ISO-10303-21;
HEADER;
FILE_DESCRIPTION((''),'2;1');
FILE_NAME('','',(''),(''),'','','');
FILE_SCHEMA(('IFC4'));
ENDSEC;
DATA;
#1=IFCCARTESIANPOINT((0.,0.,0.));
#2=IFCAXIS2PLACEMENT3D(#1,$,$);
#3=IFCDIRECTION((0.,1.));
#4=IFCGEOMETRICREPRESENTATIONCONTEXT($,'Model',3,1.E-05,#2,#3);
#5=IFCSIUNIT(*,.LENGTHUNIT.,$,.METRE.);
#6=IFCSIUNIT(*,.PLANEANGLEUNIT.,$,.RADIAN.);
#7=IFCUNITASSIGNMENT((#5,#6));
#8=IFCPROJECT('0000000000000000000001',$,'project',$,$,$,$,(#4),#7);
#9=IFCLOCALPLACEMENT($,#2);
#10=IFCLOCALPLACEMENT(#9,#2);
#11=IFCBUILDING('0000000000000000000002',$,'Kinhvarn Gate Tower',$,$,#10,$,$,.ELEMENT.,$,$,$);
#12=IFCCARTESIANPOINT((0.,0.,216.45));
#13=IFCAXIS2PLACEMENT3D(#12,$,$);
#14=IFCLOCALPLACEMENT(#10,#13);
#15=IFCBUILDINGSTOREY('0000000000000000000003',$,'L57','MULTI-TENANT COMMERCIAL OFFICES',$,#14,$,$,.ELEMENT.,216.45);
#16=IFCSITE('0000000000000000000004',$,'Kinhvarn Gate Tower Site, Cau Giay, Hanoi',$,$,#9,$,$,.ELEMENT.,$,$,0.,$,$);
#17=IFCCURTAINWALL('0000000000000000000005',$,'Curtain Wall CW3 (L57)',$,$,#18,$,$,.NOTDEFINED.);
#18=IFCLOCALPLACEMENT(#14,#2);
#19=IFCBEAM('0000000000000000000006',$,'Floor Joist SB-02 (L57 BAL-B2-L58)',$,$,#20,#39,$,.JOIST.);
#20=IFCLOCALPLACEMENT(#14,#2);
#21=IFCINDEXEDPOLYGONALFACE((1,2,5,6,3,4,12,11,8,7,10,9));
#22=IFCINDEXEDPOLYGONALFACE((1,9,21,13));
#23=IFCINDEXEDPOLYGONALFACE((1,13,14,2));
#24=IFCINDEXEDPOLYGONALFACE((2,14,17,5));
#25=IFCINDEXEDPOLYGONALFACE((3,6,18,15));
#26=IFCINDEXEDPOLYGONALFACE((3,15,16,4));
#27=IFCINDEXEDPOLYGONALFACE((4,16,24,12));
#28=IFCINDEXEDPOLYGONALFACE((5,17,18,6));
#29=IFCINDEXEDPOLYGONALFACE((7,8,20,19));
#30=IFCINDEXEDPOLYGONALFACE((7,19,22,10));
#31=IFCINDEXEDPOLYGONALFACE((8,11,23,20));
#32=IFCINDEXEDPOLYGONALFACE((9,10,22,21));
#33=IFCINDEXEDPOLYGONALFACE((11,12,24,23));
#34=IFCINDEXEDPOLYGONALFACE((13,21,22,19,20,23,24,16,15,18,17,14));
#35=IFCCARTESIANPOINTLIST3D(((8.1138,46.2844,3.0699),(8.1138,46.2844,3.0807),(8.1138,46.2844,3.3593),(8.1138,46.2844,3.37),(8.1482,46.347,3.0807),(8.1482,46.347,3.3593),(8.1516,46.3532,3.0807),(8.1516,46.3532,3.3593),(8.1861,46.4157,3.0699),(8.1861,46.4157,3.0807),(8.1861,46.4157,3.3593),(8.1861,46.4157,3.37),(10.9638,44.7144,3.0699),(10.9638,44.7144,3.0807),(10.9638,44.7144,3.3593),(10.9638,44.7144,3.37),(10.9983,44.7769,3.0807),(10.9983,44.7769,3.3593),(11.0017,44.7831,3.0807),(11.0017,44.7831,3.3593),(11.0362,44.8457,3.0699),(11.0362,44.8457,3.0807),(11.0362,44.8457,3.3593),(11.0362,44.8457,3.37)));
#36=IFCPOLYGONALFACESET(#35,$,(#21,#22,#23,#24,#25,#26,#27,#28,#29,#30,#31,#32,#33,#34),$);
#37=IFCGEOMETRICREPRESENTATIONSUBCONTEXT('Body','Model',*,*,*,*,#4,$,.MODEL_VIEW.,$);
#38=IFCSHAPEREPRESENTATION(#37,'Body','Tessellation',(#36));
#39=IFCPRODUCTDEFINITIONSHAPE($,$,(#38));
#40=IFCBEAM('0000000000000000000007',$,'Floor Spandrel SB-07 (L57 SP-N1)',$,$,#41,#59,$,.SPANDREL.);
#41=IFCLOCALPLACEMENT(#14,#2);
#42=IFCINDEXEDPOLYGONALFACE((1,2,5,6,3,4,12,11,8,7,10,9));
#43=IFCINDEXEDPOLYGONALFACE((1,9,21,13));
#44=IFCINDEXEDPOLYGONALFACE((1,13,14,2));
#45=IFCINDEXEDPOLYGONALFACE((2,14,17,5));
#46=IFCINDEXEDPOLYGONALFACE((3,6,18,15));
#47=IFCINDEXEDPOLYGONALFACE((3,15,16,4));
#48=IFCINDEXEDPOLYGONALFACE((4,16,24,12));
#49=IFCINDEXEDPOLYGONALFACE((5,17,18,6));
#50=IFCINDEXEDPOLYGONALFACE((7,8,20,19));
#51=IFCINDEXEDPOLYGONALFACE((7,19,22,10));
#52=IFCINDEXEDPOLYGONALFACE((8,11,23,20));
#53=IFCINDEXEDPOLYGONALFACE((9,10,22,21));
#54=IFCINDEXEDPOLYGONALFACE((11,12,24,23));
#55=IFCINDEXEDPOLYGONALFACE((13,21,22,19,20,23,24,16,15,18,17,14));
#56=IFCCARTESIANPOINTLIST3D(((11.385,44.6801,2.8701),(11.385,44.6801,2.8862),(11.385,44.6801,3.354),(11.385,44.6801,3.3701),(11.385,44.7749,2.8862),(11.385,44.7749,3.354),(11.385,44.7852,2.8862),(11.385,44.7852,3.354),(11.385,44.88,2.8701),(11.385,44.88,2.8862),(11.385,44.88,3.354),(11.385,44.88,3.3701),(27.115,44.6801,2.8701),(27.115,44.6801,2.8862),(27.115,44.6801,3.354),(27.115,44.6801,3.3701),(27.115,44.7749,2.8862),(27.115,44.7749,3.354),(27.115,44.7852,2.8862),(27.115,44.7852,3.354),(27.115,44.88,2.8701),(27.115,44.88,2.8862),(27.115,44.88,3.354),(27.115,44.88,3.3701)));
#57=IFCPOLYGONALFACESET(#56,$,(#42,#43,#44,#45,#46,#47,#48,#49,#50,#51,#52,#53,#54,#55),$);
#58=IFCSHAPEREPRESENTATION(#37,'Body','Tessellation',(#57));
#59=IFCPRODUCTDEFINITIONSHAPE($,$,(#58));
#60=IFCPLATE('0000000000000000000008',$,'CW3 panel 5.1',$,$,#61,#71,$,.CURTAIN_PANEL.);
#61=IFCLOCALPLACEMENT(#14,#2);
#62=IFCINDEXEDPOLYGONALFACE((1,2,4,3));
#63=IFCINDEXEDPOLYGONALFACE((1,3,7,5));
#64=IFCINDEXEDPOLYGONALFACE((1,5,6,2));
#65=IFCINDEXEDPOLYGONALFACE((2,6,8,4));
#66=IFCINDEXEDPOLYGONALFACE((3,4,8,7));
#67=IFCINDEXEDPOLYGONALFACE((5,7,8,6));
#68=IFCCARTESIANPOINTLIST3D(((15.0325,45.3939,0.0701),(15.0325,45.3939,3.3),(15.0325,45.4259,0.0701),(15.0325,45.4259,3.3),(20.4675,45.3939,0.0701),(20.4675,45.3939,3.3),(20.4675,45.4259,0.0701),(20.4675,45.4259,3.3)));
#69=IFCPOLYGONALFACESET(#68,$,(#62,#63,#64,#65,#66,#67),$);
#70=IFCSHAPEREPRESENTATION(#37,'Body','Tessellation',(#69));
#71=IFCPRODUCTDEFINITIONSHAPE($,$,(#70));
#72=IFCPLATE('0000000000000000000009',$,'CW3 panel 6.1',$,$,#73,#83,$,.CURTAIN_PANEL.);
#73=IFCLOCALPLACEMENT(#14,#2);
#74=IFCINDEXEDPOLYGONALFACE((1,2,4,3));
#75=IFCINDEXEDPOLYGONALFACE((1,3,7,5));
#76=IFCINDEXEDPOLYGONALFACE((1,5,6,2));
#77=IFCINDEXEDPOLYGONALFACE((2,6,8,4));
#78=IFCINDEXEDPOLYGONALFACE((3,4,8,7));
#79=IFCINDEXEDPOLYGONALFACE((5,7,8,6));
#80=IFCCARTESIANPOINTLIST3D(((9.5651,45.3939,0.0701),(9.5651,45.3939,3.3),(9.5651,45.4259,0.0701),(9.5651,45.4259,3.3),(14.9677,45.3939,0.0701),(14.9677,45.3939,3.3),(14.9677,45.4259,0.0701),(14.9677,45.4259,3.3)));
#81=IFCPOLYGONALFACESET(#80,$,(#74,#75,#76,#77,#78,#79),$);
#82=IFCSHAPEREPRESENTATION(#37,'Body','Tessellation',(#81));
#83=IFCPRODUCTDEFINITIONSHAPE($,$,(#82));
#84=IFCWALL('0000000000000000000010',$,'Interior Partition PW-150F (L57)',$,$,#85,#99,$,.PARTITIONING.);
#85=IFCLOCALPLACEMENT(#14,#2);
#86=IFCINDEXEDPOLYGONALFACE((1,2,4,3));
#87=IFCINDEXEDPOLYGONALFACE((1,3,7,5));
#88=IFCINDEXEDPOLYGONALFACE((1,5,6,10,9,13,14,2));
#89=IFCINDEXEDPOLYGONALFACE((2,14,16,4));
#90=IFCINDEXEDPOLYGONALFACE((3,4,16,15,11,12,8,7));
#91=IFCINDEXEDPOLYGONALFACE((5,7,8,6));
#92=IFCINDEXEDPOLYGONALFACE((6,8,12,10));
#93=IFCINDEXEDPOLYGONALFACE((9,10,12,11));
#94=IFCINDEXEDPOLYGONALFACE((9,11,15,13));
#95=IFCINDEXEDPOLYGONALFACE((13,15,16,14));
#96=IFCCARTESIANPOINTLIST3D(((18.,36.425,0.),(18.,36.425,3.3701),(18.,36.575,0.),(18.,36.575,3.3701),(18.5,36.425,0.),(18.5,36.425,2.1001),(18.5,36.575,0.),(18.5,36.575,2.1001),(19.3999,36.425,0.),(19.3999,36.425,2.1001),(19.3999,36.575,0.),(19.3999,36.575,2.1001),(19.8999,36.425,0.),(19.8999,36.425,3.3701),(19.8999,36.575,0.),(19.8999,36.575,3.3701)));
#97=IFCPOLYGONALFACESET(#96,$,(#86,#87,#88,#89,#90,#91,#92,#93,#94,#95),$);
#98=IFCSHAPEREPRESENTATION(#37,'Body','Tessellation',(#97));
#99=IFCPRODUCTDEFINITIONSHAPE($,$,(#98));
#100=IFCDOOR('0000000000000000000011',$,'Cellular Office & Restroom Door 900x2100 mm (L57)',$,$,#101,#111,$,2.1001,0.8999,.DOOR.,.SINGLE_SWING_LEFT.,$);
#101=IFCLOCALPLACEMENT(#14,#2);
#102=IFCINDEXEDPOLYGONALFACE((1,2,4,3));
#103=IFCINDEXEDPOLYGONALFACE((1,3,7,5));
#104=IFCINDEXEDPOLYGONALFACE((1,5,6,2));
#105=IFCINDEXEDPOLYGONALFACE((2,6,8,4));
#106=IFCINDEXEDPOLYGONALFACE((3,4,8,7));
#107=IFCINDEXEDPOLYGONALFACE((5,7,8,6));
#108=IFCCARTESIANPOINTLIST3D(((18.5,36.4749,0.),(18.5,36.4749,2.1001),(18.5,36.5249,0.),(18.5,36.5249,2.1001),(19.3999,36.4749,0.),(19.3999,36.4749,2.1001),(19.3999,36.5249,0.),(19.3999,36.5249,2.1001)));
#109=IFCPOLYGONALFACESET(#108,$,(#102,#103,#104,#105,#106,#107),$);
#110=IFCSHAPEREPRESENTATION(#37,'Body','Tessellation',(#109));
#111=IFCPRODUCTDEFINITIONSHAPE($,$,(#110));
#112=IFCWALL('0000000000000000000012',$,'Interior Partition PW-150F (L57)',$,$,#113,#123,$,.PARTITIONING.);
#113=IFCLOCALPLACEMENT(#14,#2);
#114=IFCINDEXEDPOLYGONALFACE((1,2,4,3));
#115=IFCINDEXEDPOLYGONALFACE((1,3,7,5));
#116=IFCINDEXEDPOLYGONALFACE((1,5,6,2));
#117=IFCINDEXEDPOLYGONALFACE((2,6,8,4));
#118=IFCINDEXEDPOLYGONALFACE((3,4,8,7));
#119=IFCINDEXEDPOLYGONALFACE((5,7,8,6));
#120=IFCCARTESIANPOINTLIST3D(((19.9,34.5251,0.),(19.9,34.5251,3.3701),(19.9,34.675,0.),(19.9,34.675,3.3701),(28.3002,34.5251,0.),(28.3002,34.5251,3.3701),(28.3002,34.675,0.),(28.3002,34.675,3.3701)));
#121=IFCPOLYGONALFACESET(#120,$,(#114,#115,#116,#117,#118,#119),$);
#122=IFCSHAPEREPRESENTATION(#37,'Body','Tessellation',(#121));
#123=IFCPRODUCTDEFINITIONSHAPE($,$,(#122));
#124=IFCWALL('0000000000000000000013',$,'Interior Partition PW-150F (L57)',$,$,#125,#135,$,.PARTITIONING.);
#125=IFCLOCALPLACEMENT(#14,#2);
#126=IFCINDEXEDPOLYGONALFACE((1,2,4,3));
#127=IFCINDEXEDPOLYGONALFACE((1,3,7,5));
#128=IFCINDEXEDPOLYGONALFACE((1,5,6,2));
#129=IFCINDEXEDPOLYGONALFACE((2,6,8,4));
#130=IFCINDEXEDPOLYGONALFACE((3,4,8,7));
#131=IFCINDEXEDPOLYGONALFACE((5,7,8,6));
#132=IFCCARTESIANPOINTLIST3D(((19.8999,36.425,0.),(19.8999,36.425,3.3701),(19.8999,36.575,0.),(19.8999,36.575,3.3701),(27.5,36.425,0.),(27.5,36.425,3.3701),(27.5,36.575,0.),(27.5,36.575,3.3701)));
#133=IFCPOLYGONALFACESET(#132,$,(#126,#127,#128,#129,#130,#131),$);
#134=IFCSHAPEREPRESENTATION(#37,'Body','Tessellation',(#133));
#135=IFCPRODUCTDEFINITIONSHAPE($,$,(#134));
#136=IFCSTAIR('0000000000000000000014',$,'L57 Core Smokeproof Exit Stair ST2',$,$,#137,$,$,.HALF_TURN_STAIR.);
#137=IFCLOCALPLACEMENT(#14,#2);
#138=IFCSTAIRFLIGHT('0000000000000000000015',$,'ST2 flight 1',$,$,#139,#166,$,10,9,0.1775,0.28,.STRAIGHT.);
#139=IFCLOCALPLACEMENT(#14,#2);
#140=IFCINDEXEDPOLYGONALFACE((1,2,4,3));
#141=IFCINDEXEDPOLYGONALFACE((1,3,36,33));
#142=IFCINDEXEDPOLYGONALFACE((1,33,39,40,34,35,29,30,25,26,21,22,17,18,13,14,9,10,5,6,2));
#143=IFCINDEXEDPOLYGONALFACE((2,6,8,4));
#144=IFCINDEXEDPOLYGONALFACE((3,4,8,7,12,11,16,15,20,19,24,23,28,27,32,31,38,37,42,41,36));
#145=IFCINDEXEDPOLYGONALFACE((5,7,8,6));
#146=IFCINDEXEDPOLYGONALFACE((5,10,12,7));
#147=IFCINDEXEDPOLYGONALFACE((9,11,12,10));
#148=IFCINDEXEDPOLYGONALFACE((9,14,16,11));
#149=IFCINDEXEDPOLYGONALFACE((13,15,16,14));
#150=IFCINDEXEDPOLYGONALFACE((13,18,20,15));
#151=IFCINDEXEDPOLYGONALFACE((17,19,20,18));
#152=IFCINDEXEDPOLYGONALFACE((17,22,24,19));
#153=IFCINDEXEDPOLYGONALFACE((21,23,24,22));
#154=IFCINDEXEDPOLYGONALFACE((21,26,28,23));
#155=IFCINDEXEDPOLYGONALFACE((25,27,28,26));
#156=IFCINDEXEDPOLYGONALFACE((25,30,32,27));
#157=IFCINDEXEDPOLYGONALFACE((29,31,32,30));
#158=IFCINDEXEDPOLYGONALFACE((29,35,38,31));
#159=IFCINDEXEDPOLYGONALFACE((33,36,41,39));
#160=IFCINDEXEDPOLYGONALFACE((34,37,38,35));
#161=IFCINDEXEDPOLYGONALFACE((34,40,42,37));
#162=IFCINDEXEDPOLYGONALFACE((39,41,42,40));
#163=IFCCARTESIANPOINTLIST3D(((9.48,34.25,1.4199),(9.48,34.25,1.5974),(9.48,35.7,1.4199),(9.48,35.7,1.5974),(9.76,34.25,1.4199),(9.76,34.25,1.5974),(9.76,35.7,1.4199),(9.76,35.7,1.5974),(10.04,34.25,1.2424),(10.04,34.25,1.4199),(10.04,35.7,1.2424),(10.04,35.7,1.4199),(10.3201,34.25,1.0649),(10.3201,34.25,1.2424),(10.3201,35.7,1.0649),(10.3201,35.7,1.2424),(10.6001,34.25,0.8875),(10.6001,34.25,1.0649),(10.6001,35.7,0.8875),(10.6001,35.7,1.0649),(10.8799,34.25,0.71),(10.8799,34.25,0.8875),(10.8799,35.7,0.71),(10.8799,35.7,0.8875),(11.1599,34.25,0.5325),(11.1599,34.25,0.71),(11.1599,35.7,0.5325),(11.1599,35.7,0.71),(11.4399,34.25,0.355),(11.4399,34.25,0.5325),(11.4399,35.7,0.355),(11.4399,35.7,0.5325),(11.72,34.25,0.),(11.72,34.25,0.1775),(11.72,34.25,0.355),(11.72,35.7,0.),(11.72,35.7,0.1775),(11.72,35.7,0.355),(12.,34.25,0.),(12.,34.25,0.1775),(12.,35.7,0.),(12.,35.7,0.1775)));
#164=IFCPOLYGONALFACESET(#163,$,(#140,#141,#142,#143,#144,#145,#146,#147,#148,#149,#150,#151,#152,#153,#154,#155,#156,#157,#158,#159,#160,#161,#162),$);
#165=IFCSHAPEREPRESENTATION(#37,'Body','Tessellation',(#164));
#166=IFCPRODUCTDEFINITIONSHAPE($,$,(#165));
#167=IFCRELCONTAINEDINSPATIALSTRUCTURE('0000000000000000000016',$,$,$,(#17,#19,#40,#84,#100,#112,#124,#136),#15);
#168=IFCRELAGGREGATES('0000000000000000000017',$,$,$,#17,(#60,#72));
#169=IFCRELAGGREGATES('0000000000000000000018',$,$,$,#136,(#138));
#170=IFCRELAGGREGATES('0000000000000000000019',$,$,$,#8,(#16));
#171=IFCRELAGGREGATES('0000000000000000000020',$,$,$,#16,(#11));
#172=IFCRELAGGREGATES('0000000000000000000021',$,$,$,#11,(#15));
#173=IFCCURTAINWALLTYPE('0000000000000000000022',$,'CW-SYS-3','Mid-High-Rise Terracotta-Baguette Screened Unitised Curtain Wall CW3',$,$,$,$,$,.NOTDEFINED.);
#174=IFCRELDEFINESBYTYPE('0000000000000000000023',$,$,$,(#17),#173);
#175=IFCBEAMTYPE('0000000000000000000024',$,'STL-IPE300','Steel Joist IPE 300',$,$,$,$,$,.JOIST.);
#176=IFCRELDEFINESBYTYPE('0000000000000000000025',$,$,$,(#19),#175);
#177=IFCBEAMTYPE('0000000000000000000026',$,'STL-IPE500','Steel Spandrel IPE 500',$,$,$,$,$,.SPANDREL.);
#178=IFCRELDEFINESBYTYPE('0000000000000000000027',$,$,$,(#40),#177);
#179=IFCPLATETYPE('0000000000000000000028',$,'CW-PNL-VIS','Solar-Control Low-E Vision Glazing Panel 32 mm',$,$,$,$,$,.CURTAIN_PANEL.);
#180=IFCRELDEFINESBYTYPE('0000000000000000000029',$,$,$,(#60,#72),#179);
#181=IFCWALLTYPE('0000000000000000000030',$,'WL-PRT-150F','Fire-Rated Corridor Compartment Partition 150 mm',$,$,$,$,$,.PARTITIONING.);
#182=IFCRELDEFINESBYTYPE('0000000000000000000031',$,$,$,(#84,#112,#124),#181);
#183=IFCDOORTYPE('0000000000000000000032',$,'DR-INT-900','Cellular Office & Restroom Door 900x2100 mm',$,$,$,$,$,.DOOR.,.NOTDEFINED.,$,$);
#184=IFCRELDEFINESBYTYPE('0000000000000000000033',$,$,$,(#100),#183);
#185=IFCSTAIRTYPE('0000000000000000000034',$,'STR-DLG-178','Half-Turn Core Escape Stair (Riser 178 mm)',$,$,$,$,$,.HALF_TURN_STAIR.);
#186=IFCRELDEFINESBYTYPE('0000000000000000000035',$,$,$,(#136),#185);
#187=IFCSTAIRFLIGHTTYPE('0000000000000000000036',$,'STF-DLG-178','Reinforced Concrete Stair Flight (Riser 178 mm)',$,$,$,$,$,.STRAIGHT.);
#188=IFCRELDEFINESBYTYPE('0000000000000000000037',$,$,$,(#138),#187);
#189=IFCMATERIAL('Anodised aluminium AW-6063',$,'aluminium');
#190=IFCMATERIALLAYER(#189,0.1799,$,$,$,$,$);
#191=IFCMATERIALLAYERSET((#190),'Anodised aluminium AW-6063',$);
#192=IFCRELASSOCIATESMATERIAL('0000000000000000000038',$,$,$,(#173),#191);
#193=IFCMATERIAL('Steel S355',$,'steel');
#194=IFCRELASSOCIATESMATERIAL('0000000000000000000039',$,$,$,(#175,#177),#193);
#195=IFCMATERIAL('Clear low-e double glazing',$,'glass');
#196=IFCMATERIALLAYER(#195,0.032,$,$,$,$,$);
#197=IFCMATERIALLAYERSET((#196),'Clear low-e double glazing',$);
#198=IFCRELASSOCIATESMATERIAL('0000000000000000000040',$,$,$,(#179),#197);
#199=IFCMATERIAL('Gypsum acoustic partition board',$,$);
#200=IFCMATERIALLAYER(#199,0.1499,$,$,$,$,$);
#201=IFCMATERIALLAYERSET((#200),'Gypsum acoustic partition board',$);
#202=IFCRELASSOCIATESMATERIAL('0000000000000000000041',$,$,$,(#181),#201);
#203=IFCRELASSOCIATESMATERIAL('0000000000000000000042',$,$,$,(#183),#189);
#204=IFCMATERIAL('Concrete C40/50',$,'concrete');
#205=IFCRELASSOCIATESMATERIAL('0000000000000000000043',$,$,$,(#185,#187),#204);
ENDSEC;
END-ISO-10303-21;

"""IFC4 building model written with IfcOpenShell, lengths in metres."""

from ifc_helpers import new_model, si_unit, direction, frame, frame_2d, origin, origin_2d, place, context, subcontext, project, spatial, polyline, rectangle, i_section, outline, extrude, material, layer, layer_set, material_profile, profile_set, type_object, element, fill, aggregate, save


model = new_model("IFC4")

# Units and contexts
model_context = context("Model", 3, precision=1e-05, world=origin(), true_north=direction((0.0, 1.0)))
body_context = subcontext(model_context, "Body", "Model", "MODEL_VIEW")
ifc_project = project(units=[si_unit("LENGTHUNIT", "METRE"), si_unit("PLANEANGLEUNIT", "RADIAN")], contexts=[model_context])

# Site, building, storey
site_placement = place(None, origin())
site = spatial("IfcSite", under=ifc_project, at=site_placement, Name="Kinhvarn Gate Tower Site, Cau Giay, Hanoi", CompositionType="ELEMENT", RefElevation=0.0)
building_placement = place(site_placement, origin())
building = spatial("IfcBuilding", under=site, at=building_placement, Name="Kinhvarn Gate Tower", CompositionType="ELEMENT")
storey_placement = place(building_placement, frame((0.0, 0.0, 216.45)))
storey = spatial("IfcBuildingStorey", under=building, at=storey_placement, Name="L57", Description="MULTI-TENANT COMMERCIAL OFFICES", CompositionType="ELEMENT", Elevation=216.45)

# Curtain wall
ifc_material_1 = material(Name="Anodised aluminium AW-6063", Category="aluminium")
ifc_layer_1 = layer(ifc_material_1, 0.1799)
ifc_layer_set_1 = layer_set([ifc_layer_1], Name="Anodised aluminium AW-6063")
curtain_wall_type = type_object("IfcCurtainWallType", Name="CW-SYS-3", Description="Mid-High-Rise Terracotta-Baguette Screened Unitised Curtain Wall CW3", PredefinedType="NOTDEFINED", material=ifc_layer_set_1)
curtain_wall_placement = place(storey_placement, origin())
curtain_wall = element("IfcCurtainWall", 1, at=curtain_wall_placement, inside=storey, type_object=curtain_wall_type, Name="Curtain Wall CW3 (L57)", PredefinedType="NOTDEFINED")

# Beams
ifc_material_2 = material(Name="Steel S355", Category="steel")
ifc_material_profile_1 = material_profile(ifc_material_2, i_section(OverallWidth=0.1499, OverallDepth=0.3, WebThickness=0.0071, FlangeThickness=0.0107, at=origin_2d()), Name="IPE 300")
ifc_profile_set_1 = profile_set([ifc_material_profile_1], Name="Steel S355")
beam_type_1 = type_object("IfcBeamType", Name="STL-IPE300", Description="Steel Joist IPE 300", PredefinedType="JOIST", material=ifc_profile_set_1)
beam_1_placement = place(storey_placement, frame((11.0, 44.78, 3.22), z_axis=(-0.875889, 0.482512, 0.0), x_axis=(-0.482512, -0.875889, 0.0)))
element("IfcBeam", 2, at=beam_1_placement, inside=storey, type_object=beam_type_1, Name="Floor Joist SB-02 (L57 BAL-B2-L58)", PredefinedType="JOIST", context=body_context, shape_type="SweptSolid", body=[
    extrude(i_section(OverallWidth=0.1499, OverallDepth=0.3, WebThickness=0.0071, FlangeThickness=0.0107, at=origin_2d()), origin(), (0.0, 0.0, 1.0), 3.2539),
])
ifc_material_profile_2 = material_profile(ifc_material_2, i_section(OverallWidth=0.2, OverallDepth=0.5, WebThickness=0.0103, FlangeThickness=0.0161, at=origin_2d()), Name="IPE 500")
ifc_profile_set_2 = profile_set([ifc_material_profile_2], Name="Steel S355")
beam_type_2 = type_object("IfcBeamType", Name="STL-IPE500", Description="Steel Spandrel IPE 500", PredefinedType="SPANDREL", material=ifc_profile_set_2)
beam_2_placement = place(storey_placement, frame((11.385, 44.78, 3.1201), z_axis=(1.0, 0.0, 0.0), x_axis=(0.0, 1.0, 0.0)))
element("IfcBeam", 3, at=beam_2_placement, inside=storey, type_object=beam_type_2, Name="Floor Spandrel SB-07 (L57 SP-N1)", PredefinedType="SPANDREL", context=body_context, shape_type="SweptSolid", body=[
    extrude(i_section(OverallWidth=0.2, OverallDepth=0.5, WebThickness=0.0103, FlangeThickness=0.0161, at=origin_2d()), origin(), (0.0, 0.0, 1.0), 15.73),
])

# Plates
ifc_material_3 = material(Name="Clear low-e double glazing", Category="glass")
ifc_layer_2 = layer(ifc_material_3, 0.032)
ifc_layer_set_2 = layer_set([ifc_layer_2], Name="Clear low-e double glazing")
plate_type = type_object("IfcPlateType", Name="CW-PNL-VIS", Description="Solar-Control Low-E Vision Glazing Panel 32 mm", PredefinedType="CURTAIN_PANEL", material=ifc_layer_set_2)
plate_1_placement = place(storey_placement, frame((17.75, 45.4099, 0.0701), z_axis=(0.0, 0.0, 1.0), x_axis=(-1.0, 0.0, 0.0)))
plate_1 = element("IfcPlate", 4, at=plate_1_placement, type_object=plate_type, Name="CW3 panel 5.1", PredefinedType="CURTAIN_PANEL", context=body_context, shape_type="SweptSolid", body=[
    extrude(rectangle(XDim=5.4351, YDim=0.032, at=origin_2d()), origin(), (0.0, 0.0, 1.0), 3.23),
])
plate_2_placement = place(storey_placement, frame((12.2664, 45.4099, 0.0701), z_axis=(0.0, 0.0, 1.0), x_axis=(-1.0, 0.0, 0.0)))
plate_2 = element("IfcPlate", 5, at=plate_2_placement, type_object=plate_type, Name="CW3 panel 6.1", PredefinedType="CURTAIN_PANEL", context=body_context, shape_type="SweptSolid", body=[
    extrude(rectangle(XDim=5.4026, YDim=0.032, at=origin_2d()), origin(), (0.0, 0.0, 1.0), 3.23),
])
aggregate(curtain_wall, [plate_1, plate_2])

# Wall, opening, door
ifc_material_4 = material(Name="Gypsum acoustic partition board")
ifc_layer_3 = layer(ifc_material_4, 0.1499)
ifc_layer_set_3 = layer_set([ifc_layer_3], Name="Gypsum acoustic partition board")
wall_type = type_object("IfcWallType", Name="WL-PRT-150F", Description="Fire-Rated Corridor Compartment Partition 150 mm", PredefinedType="PARTITIONING", material=ifc_layer_set_3)
wall_1_placement = place(storey_placement, frame((18.0, 36.5, 0.0), z_axis=(0.0, 0.0, 1.0), x_axis=(1.0, 0.0, 0.0)))
wall_1 = element("IfcWall", 6, at=wall_1_placement, inside=storey, type_object=wall_type, Name="Interior Partition PW-150F (L57)", PredefinedType="PARTITIONING", context=body_context, shape_type="SweptSolid", body=[
    extrude(rectangle(XDim=1.8999, YDim=0.1499, at=frame_2d((0.95, 0.0))), origin(), (0.0, 0.0, 1.0), 3.3701),
])
opening_placement = place(wall_1_placement, frame((0.5, 0.0, 0.0)))
opening = element("IfcOpeningElement", 7, at=opening_placement, cuts=wall_1, PredefinedType="OPENING", context=body_context, shape_type="SweptSolid", body=[
    extrude(rectangle(XDim=0.8999, YDim=2.1001, at=frame_2d((0.45, 1.05))), frame((0.0, 0.085, 0.0), z_axis=(0.0, -1.0, 0.0), x_axis=(1.0, 0.0, 0.0)), (0.0, 0.0, 1.0), 0.1699),
])
door_type = type_object("IfcDoorType", Name="DR-INT-900", Description="Cellular Office & Restroom Door 900x2100 mm", OperationType="NOTDEFINED", PredefinedType="DOOR", material=ifc_material_1)
door_placement = place(opening_placement, origin())
door = element("IfcDoor", 8, at=door_placement, inside=storey, type_object=door_type, Name="Cellular Office & Restroom Door 900x2100 mm (L57)", OperationType="SINGLE_SWING_LEFT", OverallHeight=2.1001, OverallWidth=0.8999, PredefinedType="DOOR", context=body_context, shape_type="SweptSolid", body=[
    extrude(rectangle(XDim=0.8999, YDim=2.1001, at=frame_2d((0.45, 1.05))), frame((0.0, 0.0249, 0.0), z_axis=(0.0, -1.0, 0.0), x_axis=(1.0, 0.0, 0.0)), (0.0, 0.0, 1.0), 0.05),
])
fill(opening, door)

# Walls
wall_2_placement = place(storey_placement, frame((19.8999, 34.6001, 0.0), z_axis=(0.0, 0.0, 1.0), x_axis=(1.0, 0.0, 0.0)))
element("IfcWall", 9, at=wall_2_placement, inside=storey, type_object=wall_type, Name="Interior Partition PW-150F (L57)", PredefinedType="PARTITIONING", context=body_context, shape_type="SweptSolid", body=[
    extrude(rectangle(XDim=8.4001, YDim=0.1499, at=frame_2d((4.2002, 0.0))), origin(), (0.0, 0.0, 1.0), 3.3701),
])
wall_3_placement = place(storey_placement, frame((19.8999, 36.5, 0.0), z_axis=(0.0, 0.0, 1.0), x_axis=(1.0, 0.0, 0.0)))
element("IfcWall", 10, at=wall_3_placement, inside=storey, type_object=wall_type, Name="Interior Partition PW-150F (L57)", PredefinedType="PARTITIONING", context=body_context, shape_type="SweptSolid", body=[
    extrude(rectangle(XDim=7.6001, YDim=0.1499, at=frame_2d((3.8, 0.0))), origin(), (0.0, 0.0, 1.0), 3.3701),
])

# Stair, stair flight
ifc_material_5 = material(Name="Concrete C40/50", Category="concrete")
stair_type = type_object("IfcStairType", Name="STR-DLG-178", Description="Half-Turn Core Escape Stair (Riser 178 mm)", PredefinedType="HALF_TURN_STAIR", material=ifc_material_5)
stair_placement = place(storey_placement, origin())
stair = element("IfcStair", 11, at=stair_placement, inside=storey, type_object=stair_type, Name="L57 Core Smokeproof Exit Stair ST2", PredefinedType="HALF_TURN_STAIR")
stair_flight_type = type_object("IfcStairFlightType", Name="STF-DLG-178", Description="Reinforced Concrete Stair Flight (Riser 178 mm)", PredefinedType="STRAIGHT", material=ifc_material_5)
stair_flight_placement = place(storey_placement, frame((12.0, 34.9751, 0.0), z_axis=(0.0, 0.0, 1.0), x_axis=(-1.0, 0.0, 0.0)))
stair_flight = element("IfcStairFlight", 12, at=stair_flight_placement, type_object=stair_flight_type, Name="ST2 flight 1", NumberOfRisers=10, NumberOfTreads=9, PredefinedType="STRAIGHT", RiserHeight=0.1775, TreadLength=0.28, context=body_context, shape_type="SweptSolid", body=[
    extrude(outline(polyline([(0.0, 0.0), (0.0, 0.1775), (0.28, 0.1775), (0.28, 0.355), (0.5601, 0.355), (0.5601, 0.5325), (0.8401, 0.5325), (0.8401, 0.71), (1.1201, 0.71), (1.1201, 0.8875), (1.3999, 0.8875), (1.3999, 1.0649), (1.6799, 1.0649), (1.6799, 1.2424), (1.96, 1.2424), (1.96, 1.4199), (2.24, 1.4199), (2.24, 1.5974), (2.52, 1.5974), (2.52, 1.7749), (2.52, 1.4199), (0.28, 0.0), (0.0, 0.0)])), frame((0.0, 0.7251, 0.0), z_axis=(0.0, -1.0, 0.0), x_axis=(1.0, 0.0, 0.0)), (0.0, 0.0, 1.0), 1.45),
])
aggregate(stair, [stair_flight])

save(model, "model.ifc")
